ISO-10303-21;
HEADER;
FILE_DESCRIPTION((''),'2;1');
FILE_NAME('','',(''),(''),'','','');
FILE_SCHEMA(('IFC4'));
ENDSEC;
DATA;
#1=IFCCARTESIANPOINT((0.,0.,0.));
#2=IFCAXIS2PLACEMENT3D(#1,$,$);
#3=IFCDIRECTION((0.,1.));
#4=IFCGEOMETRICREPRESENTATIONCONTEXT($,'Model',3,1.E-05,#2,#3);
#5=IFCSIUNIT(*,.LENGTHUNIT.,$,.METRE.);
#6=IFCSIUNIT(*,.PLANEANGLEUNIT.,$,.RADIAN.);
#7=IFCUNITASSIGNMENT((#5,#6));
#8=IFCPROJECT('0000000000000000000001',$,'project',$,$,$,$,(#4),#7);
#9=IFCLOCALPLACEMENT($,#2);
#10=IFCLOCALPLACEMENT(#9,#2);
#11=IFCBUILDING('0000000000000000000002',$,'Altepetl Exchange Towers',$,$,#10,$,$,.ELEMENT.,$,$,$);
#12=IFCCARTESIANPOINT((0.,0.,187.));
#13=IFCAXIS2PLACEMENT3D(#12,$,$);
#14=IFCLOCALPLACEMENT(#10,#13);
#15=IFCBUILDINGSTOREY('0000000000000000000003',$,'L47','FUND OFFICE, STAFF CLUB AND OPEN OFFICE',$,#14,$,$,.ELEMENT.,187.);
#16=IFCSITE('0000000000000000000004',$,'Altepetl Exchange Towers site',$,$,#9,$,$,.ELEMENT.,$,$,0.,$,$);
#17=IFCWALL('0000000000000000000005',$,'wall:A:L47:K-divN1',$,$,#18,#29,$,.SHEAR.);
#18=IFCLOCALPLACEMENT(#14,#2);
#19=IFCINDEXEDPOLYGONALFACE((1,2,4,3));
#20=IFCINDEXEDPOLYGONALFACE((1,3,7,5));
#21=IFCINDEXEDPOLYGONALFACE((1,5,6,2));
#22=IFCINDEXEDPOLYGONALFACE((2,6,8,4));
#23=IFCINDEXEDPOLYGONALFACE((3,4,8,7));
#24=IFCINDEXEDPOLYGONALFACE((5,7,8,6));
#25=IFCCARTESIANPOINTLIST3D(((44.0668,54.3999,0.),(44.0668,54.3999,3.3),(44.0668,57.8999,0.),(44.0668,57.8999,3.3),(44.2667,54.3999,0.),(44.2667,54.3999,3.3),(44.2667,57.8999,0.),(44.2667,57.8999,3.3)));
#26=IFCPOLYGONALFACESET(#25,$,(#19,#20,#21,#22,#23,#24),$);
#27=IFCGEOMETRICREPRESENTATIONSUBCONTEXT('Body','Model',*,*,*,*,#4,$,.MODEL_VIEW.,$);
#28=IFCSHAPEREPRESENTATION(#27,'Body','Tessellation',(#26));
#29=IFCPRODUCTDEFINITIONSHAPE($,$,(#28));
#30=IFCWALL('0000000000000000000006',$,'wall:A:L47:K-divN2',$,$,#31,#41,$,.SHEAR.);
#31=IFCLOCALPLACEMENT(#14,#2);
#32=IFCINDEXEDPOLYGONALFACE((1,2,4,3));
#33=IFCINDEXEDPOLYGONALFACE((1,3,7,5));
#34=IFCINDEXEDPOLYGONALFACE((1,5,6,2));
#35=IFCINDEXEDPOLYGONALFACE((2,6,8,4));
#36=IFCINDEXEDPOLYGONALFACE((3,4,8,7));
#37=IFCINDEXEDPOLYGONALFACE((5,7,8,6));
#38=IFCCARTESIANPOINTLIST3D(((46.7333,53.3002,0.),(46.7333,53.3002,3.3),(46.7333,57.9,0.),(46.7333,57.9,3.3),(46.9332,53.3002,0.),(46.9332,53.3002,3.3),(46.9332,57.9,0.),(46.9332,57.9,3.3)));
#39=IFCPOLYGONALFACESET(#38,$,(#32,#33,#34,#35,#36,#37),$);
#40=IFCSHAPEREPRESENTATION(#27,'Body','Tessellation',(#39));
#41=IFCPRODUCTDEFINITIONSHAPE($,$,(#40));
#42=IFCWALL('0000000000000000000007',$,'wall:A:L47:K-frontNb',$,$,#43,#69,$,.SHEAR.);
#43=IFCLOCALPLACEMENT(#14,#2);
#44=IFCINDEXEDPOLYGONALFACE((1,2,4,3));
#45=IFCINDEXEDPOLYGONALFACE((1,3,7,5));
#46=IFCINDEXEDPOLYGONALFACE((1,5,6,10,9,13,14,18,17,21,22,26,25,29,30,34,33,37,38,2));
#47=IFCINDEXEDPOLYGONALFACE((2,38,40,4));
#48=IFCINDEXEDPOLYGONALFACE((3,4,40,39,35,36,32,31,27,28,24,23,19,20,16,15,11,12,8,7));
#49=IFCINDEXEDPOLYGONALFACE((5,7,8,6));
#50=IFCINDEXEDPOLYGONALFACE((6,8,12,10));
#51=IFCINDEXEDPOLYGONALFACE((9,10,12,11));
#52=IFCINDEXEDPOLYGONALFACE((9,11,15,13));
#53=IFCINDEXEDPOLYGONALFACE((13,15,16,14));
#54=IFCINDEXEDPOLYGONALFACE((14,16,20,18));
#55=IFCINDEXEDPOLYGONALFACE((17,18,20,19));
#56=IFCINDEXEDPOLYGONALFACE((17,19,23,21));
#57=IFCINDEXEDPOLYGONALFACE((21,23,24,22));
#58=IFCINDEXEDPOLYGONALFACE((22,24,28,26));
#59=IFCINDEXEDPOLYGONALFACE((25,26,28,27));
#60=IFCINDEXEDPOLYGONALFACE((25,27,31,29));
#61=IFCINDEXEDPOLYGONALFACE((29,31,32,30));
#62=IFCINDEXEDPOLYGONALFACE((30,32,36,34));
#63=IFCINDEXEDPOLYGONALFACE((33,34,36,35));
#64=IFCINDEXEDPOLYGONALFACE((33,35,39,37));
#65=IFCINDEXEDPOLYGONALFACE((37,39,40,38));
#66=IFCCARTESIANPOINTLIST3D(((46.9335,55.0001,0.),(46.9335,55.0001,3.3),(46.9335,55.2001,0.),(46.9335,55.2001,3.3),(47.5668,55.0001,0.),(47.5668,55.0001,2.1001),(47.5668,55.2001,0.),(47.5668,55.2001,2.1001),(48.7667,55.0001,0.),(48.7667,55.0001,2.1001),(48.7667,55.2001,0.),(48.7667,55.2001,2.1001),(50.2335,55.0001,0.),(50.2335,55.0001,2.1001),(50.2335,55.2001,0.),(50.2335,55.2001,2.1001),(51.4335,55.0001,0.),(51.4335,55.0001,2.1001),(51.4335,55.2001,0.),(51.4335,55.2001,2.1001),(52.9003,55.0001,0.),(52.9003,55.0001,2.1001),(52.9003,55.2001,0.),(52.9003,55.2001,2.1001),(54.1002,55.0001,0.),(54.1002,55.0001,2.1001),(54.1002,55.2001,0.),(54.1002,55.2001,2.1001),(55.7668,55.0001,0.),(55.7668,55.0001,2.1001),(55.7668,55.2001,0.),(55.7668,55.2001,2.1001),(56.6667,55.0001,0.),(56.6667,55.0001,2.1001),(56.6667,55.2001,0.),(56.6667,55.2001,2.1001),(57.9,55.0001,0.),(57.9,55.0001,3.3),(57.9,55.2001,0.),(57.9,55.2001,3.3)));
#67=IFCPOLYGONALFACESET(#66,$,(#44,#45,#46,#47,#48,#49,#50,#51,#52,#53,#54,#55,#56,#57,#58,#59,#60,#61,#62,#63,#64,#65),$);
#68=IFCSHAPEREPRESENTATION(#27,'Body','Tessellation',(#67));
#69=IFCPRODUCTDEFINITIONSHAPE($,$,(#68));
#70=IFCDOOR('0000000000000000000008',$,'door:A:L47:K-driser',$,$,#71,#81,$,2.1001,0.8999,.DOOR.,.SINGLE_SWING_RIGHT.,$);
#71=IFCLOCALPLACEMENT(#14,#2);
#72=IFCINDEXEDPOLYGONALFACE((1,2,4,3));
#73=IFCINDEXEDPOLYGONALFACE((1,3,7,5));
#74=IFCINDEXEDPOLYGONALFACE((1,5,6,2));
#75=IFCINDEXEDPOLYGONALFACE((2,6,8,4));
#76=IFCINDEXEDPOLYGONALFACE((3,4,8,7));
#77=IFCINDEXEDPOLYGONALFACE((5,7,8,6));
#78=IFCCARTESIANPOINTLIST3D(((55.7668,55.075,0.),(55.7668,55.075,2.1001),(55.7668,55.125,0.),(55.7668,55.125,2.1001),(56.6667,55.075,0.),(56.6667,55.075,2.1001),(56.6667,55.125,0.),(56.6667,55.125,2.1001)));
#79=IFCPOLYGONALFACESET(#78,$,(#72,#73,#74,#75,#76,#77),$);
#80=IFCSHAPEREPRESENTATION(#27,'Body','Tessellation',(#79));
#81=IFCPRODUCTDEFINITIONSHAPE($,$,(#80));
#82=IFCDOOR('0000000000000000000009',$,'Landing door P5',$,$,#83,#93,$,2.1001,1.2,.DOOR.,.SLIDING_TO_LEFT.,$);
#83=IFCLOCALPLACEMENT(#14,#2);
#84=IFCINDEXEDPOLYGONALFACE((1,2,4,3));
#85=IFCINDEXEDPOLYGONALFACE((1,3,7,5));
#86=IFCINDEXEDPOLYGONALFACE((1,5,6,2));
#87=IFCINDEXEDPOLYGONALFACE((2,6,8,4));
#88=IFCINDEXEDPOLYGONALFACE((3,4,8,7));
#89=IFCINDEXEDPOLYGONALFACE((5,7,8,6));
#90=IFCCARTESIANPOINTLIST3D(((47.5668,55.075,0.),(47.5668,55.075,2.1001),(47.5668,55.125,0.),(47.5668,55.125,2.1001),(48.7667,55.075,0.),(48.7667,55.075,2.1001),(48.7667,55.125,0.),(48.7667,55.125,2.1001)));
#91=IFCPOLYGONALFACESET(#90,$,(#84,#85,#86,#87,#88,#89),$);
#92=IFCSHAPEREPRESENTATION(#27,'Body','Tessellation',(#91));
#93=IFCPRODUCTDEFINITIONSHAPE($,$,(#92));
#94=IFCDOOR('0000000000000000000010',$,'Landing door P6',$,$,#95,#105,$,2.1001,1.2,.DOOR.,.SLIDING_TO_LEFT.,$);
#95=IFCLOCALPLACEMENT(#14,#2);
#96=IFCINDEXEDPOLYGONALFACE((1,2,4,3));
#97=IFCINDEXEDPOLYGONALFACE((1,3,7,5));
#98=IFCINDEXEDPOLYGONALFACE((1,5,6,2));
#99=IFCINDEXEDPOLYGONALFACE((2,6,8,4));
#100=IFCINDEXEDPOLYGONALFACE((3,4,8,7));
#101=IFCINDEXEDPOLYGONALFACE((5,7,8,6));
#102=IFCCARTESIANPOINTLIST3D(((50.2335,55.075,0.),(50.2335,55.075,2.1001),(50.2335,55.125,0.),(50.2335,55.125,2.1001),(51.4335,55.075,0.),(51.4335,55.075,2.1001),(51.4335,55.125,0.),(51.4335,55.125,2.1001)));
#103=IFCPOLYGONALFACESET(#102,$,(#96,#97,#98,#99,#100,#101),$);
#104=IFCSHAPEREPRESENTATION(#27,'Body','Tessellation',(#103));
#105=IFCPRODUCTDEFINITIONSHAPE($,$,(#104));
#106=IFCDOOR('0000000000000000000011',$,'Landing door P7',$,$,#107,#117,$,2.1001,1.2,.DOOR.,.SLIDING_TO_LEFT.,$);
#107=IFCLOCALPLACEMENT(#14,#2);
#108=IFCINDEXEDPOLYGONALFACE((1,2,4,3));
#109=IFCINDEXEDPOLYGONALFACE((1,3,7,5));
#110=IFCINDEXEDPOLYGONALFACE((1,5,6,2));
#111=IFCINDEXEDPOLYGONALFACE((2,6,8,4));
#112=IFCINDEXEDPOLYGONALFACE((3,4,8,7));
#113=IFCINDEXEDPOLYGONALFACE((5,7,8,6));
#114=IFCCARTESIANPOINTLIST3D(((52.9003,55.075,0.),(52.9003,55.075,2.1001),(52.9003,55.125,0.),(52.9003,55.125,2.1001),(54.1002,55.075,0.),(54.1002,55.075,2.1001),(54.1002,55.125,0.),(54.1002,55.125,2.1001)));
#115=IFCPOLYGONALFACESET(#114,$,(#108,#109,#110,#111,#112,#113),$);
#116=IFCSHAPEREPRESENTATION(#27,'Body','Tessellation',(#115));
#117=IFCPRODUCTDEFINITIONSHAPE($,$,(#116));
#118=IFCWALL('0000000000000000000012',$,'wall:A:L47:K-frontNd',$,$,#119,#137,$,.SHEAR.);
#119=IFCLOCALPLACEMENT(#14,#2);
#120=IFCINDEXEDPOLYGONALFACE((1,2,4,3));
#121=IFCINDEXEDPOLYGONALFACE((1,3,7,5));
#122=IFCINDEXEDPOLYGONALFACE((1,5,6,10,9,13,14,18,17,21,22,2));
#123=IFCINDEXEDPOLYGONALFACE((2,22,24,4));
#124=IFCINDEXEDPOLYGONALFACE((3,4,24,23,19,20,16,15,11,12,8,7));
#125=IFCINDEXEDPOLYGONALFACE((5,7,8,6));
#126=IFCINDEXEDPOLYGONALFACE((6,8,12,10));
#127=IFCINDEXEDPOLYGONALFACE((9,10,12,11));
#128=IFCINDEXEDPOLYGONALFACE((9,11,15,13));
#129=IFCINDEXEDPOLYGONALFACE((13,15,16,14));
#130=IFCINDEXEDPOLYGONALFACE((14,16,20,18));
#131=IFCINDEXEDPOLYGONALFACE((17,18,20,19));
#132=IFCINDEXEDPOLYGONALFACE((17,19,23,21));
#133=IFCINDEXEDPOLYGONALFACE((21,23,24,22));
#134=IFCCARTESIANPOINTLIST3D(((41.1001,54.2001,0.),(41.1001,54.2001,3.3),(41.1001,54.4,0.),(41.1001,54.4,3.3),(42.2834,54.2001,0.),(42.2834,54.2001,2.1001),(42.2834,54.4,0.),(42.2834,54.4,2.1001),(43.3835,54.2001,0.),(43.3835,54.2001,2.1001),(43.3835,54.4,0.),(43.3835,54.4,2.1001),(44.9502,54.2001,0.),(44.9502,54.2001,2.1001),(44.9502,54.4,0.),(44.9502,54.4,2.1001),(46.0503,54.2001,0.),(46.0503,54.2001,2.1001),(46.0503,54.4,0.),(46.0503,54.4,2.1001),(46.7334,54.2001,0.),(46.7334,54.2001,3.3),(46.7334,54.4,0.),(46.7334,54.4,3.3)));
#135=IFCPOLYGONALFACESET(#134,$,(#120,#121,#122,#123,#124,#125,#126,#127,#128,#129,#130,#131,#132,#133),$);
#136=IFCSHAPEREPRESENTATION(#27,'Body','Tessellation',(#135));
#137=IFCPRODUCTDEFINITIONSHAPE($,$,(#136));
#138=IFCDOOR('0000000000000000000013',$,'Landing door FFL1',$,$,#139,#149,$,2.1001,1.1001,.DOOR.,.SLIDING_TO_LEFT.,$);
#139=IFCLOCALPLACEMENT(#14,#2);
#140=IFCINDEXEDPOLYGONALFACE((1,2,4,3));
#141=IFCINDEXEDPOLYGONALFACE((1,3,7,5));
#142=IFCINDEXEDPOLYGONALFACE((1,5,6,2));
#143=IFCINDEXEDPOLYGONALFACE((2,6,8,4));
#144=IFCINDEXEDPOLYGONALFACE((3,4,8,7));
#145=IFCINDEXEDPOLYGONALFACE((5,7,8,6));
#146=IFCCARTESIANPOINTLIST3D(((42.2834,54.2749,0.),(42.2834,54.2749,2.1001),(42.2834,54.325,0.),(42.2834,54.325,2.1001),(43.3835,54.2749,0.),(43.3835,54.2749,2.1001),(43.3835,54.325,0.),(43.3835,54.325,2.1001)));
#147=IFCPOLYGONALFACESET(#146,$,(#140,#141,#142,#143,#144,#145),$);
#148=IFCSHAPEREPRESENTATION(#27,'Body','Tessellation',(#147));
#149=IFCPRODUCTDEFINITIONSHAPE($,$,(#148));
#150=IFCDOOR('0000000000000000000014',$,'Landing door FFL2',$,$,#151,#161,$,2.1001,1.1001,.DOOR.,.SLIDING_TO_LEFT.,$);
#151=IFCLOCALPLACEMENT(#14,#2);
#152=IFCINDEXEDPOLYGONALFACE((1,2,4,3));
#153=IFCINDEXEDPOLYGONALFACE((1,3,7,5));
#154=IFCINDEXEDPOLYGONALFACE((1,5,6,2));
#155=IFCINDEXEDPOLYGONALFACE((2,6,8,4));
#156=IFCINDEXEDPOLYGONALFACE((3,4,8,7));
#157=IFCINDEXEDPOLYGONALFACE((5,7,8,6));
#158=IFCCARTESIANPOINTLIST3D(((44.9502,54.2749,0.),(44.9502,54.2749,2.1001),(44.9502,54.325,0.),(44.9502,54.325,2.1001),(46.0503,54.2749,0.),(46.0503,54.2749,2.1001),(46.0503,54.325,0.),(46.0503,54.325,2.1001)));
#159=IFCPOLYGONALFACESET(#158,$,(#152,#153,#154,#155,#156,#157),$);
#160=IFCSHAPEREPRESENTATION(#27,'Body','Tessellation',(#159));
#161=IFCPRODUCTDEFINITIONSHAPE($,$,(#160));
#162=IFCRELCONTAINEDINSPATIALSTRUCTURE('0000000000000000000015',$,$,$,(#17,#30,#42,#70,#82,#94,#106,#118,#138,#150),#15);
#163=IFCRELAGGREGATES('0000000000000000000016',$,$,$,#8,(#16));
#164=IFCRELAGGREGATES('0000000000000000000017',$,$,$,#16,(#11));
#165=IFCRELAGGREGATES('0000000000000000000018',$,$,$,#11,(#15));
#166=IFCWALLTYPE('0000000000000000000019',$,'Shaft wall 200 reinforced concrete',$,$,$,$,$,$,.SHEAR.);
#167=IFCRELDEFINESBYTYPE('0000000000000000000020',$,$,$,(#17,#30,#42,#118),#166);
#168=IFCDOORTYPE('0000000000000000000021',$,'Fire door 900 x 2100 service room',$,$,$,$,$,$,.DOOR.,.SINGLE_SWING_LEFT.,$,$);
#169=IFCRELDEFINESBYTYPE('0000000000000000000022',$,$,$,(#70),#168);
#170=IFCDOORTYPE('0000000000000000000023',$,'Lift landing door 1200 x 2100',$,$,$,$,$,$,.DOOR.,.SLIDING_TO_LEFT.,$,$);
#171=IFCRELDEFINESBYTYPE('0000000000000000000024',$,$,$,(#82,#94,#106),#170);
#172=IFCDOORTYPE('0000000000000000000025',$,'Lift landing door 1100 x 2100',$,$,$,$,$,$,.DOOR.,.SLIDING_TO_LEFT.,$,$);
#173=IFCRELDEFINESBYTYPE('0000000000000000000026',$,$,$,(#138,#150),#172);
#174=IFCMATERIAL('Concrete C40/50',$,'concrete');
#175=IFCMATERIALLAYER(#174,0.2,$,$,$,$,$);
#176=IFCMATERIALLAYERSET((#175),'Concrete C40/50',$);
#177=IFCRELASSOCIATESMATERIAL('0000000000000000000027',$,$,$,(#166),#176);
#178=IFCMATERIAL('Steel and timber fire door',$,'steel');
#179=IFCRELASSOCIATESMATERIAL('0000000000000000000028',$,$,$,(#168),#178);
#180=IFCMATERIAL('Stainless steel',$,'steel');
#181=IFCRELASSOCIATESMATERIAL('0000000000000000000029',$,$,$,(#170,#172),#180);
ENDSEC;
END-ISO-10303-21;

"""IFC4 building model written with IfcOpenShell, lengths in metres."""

from ifc_helpers import new_model, si_unit, direction, frame, frame_2d, origin, place, context, subcontext, project, spatial, rectangle, extrude, material, layer, layer_set, type_object, element, fill, save


model = new_model("IFC4")

# Units and contexts
model_context = context("Model", 3, precision=1e-05, world=origin(), true_north=direction((0.0, 1.0)))
body_context = subcontext(model_context, "Body", "Model", "MODEL_VIEW")
ifc_project = project(units=[si_unit("LENGTHUNIT", "METRE"), si_unit("PLANEANGLEUNIT", "RADIAN")], contexts=[model_context])

# Site, building, storey
site_placement = place(None, origin())
site = spatial("IfcSite", under=ifc_project, at=site_placement, Name="Altepetl Exchange Towers site", CompositionType="ELEMENT", RefElevation=0.0)
building_placement = place(site_placement, origin())
building = spatial("IfcBuilding", under=site, at=building_placement, Name="Altepetl Exchange Towers", CompositionType="ELEMENT")
storey_placement = place(building_placement, frame((0.0, 0.0, 187.0)))
storey = spatial("IfcBuildingStorey", under=building, at=storey_placement, Name="L47", Description="FUND OFFICE, STAFF CLUB AND OPEN OFFICE", CompositionType="ELEMENT", Elevation=187.0)

# Shared definitions
ifc_material_1 = material(Name="Steel and timber fire door", Category="steel")

# Walls
ifc_material_2 = material(Name="Concrete C40/50", Category="concrete")
ifc_layer_1 = layer(ifc_material_2, 0.2)
ifc_layer_set_1 = layer_set([ifc_layer_1], Name="Concrete C40/50")
wall_type_1 = type_object("IfcWallType", Name="Shaft wall 200 reinforced concrete", PredefinedType="SHEAR", material=ifc_layer_set_1)
wall_1_placement = place(storey_placement, frame((44.1667, 57.8999, 0.0), z_axis=(0.0, 0.0, 1.0), x_axis=(0.0, -1.0, 0.0)))
element("IfcWall", 1, at=wall_1_placement, inside=storey, type_object=wall_type_1, Name="wall:A:L47:K-divN1", PredefinedType="SHEAR", context=body_context, shape_type="SweptSolid", body=[
    extrude(rectangle(XDim=3.5, YDim=0.2, at=frame_2d((1.75, 0.0))), origin(), (0.0, 0.0, 1.0), 3.3),
])
wall_2_placement = place(storey_placement, frame((46.8333, 57.8999, 0.0), z_axis=(0.0, 0.0, 1.0), x_axis=(0.0, -1.0, 0.0)))
element("IfcWall", 2, at=wall_2_placement, inside=storey, type_object=wall_type_1, Name="wall:A:L47:K-divN2", PredefinedType="SHEAR", context=body_context, shape_type="SweptSolid", body=[
    extrude(rectangle(XDim=4.5999, YDim=0.2, at=frame_2d((2.2998, 0.0))), origin(), (0.0, 0.0, 1.0), 3.3),
])

# Walls, openings, doors
wall_3_placement = place(storey_placement, frame((46.9333, 55.1001, 0.0)))
wall_3 = element("IfcWall", 3, at=wall_3_placement, inside=storey, type_object=wall_type_1, Name="wall:A:L47:K-frontNb", PredefinedType="SHEAR", context=body_context, shape_type="SweptSolid", body=[
    extrude(rectangle(XDim=10.9666, YDim=0.2, at=frame_2d((5.4834, 0.0))), origin(), (0.0, 0.0, 1.0), 3.3),
])
opening_1_placement = place(wall_3_placement, frame((8.8335, 0.0, 0.0)))
opening_1 = element("IfcOpeningElement", 4, at=opening_1_placement, cuts=wall_3, PredefinedType="OPENING", context=body_context, shape_type="SweptSolid", body=[
    extrude(rectangle(XDim=0.8999, YDim=2.1001, at=frame_2d((0.45, 1.05))), frame((0.0, 0.1099, 0.0), z_axis=(0.0, -1.0, 0.0), x_axis=(1.0, 0.0, 0.0)), (0.0, 0.0, 1.0), 0.22),
])
opening_2_placement = place(wall_3_placement, frame((0.6333, 0.0, 0.0)))
opening_2 = element("IfcOpeningElement", 5, at=opening_2_placement, cuts=wall_3, PredefinedType="OPENING", context=body_context, shape_type="SweptSolid", body=[
    extrude(rectangle(XDim=1.2, YDim=2.1001, at=frame_2d((0.6001, 1.05))), frame((0.0, 0.1099, 0.0), z_axis=(0.0, -1.0, 0.0), x_axis=(1.0, 0.0, 0.0)), (0.0, 0.0, 1.0), 0.22),
])
opening_3_placement = place(wall_3_placement, frame((3.3, 0.0, 0.0)))
opening_3 = element("IfcOpeningElement", 6, at=opening_3_placement, cuts=wall_3, PredefinedType="OPENING", context=body_context, shape_type="SweptSolid", body=[
    extrude(rectangle(XDim=1.2, YDim=2.1001, at=frame_2d((0.6001, 1.05))), frame((0.0, 0.1099, 0.0), z_axis=(0.0, -1.0, 0.0), x_axis=(1.0, 0.0, 0.0)), (0.0, 0.0, 1.0), 0.22),
])
opening_4_placement = place(wall_3_placement, frame((5.9668, 0.0, 0.0)))
opening_4 = element("IfcOpeningElement", 7, at=opening_4_placement, cuts=wall_3, PredefinedType="OPENING", context=body_context, shape_type="SweptSolid", body=[
    extrude(rectangle(XDim=1.2, YDim=2.1001, at=frame_2d((0.6001, 1.05))), frame((0.0, 0.1099, 0.0), z_axis=(0.0, -1.0, 0.0), x_axis=(1.0, 0.0, 0.0)), (0.0, 0.0, 1.0), 0.22),
])
door_type_1 = type_object("IfcDoorType", Name="Fire door 900 x 2100 service room", OperationType="SINGLE_SWING_LEFT", PredefinedType="DOOR", material=ifc_material_1)
door_1_placement = place(opening_1_placement, origin())
door_1 = element("IfcDoor", 8, at=door_1_placement, inside=storey, type_object=door_type_1, Name="door:A:L47:K-driser", OperationType="SINGLE_SWING_RIGHT", OverallHeight=2.1001, OverallWidth=0.8999, PredefinedType="DOOR", context=body_context, shape_type="SweptSolid", body=[
    extrude(rectangle(XDim=0.8999, YDim=2.1001, at=frame_2d((0.45, 1.05))), frame((0.0, 0.0249, 0.0), z_axis=(0.0, -1.0, 0.0), x_axis=(1.0, 0.0, 0.0)), (0.0, 0.0, 1.0), 0.05),
])
fill(opening_1, door_1)
ifc_material_3 = material(Name="Stainless steel", Category="steel")
door_type_2 = type_object("IfcDoorType", Name="Lift landing door 1200 x 2100", OperationType="SLIDING_TO_LEFT", PredefinedType="DOOR", material=ifc_material_3)
door_2_placement = place(opening_2_placement, origin())
door_2 = element("IfcDoor", 9, at=door_2_placement, inside=storey, type_object=door_type_2, Name="Landing door P5", OperationType="SLIDING_TO_LEFT", OverallHeight=2.1001, OverallWidth=1.2, PredefinedType="DOOR", context=body_context, shape_type="SweptSolid", body=[
    extrude(rectangle(XDim=1.2, YDim=2.1001, at=frame_2d((0.6001, 1.05))), frame((0.0, 0.0249, 0.0), z_axis=(0.0, -1.0, 0.0), x_axis=(1.0, 0.0, 0.0)), (0.0, 0.0, 1.0), 0.05),
])
fill(opening_2, door_2)
door_3_placement = place(opening_3_placement, origin())
door_3 = element("IfcDoor", 10, at=door_3_placement, inside=storey, type_object=door_type_2, Name="Landing door P6", OperationType="SLIDING_TO_LEFT", OverallHeight=2.1001, OverallWidth=1.2, PredefinedType="DOOR", context=body_context, shape_type="SweptSolid", body=[
    extrude(rectangle(XDim=1.2, YDim=2.1001, at=frame_2d((0.6001, 1.05))), frame((0.0, 0.0249, 0.0), z_axis=(0.0, -1.0, 0.0), x_axis=(1.0, 0.0, 0.0)), (0.0, 0.0, 1.0), 0.05),
])
fill(opening_3, door_3)
door_4_placement = place(opening_4_placement, origin())
door_4 = element("IfcDoor", 11, at=door_4_placement, inside=storey, type_object=door_type_2, Name="Landing door P7", OperationType="SLIDING_TO_LEFT", OverallHeight=2.1001, OverallWidth=1.2, PredefinedType="DOOR", context=body_context, shape_type="SweptSolid", body=[
    extrude(rectangle(XDim=1.2, YDim=2.1001, at=frame_2d((0.6001, 1.05))), frame((0.0, 0.0249, 0.0), z_axis=(0.0, -1.0, 0.0), x_axis=(1.0, 0.0, 0.0)), (0.0, 0.0, 1.0), 0.05),
])
fill(opening_4, door_4)
wall_4_placement = place(storey_placement, frame((41.1001, 54.3, 0.0)))
wall_4 = element("IfcWall", 12, at=wall_4_placement, inside=storey, type_object=wall_type_1, Name="wall:A:L47:K-frontNd", PredefinedType="SHEAR", context=body_context, shape_type="SweptSolid", body=[
    extrude(rectangle(XDim=5.6333, YDim=0.2, at=frame_2d((2.8167, 0.0))), origin(), (0.0, 0.0, 1.0), 3.3),
])
opening_5_placement = place(wall_4_placement, frame((1.1833, 0.0, 0.0)))
opening_5 = element("IfcOpeningElement", 13, at=opening_5_placement, cuts=wall_4, PredefinedType="OPENING", context=body_context, shape_type="SweptSolid", body=[
    extrude(rectangle(XDim=1.1001, YDim=2.1001, at=frame_2d((0.55, 1.05))), frame((0.0, 0.1099, 0.0), z_axis=(0.0, -1.0, 0.0), x_axis=(1.0, 0.0, 0.0)), (0.0, 0.0, 1.0), 0.22),
])
opening_6_placement = place(wall_4_placement, frame((3.8501, 0.0, 0.0)))
opening_6 = element("IfcOpeningElement", 14, at=opening_6_placement, cuts=wall_4, PredefinedType="OPENING", context=body_context, shape_type="SweptSolid", body=[
    extrude(rectangle(XDim=1.1001, YDim=2.1001, at=frame_2d((0.55, 1.05))), frame((0.0, 0.1099, 0.0), z_axis=(0.0, -1.0, 0.0), x_axis=(1.0, 0.0, 0.0)), (0.0, 0.0, 1.0), 0.22),
])
door_type_3 = type_object("IfcDoorType", Name="Lift landing door 1100 x 2100", OperationType="SLIDING_TO_LEFT", PredefinedType="DOOR", material=ifc_material_3)
door_5_placement = place(opening_5_placement, origin())
door_5 = element("IfcDoor", 15, at=door_5_placement, inside=storey, type_object=door_type_3, Name="Landing door FFL1", OperationType="SLIDING_TO_LEFT", OverallHeight=2.1001, OverallWidth=1.1001, PredefinedType="DOOR", context=body_context, shape_type="SweptSolid", body=[
    extrude(rectangle(XDim=1.1001, YDim=2.1001, at=frame_2d((0.55, 1.05))), frame((0.0, 0.0249, 0.0), z_axis=(0.0, -1.0, 0.0), x_axis=(1.0, 0.0, 0.0)), (0.0, 0.0, 1.0), 0.05),
])
fill(opening_5, door_5)
door_6_placement = place(opening_6_placement, origin())
door_6 = element("IfcDoor", 16, at=door_6_placement, inside=storey, type_object=door_type_3, Name="Landing door FFL2", OperationType="SLIDING_TO_LEFT", OverallHeight=2.1001, OverallWidth=1.1001, PredefinedType="DOOR", context=body_context, shape_type="SweptSolid", body=[
    extrude(rectangle(XDim=1.1001, YDim=2.1001, at=frame_2d((0.55, 1.05))), frame((0.0, 0.0249, 0.0), z_axis=(0.0, -1.0, 0.0), x_axis=(1.0, 0.0, 0.0)), (0.0, 0.0, 1.0), 0.05),
])
fill(opening_6, door_6)

save(model, "model.ifc")
